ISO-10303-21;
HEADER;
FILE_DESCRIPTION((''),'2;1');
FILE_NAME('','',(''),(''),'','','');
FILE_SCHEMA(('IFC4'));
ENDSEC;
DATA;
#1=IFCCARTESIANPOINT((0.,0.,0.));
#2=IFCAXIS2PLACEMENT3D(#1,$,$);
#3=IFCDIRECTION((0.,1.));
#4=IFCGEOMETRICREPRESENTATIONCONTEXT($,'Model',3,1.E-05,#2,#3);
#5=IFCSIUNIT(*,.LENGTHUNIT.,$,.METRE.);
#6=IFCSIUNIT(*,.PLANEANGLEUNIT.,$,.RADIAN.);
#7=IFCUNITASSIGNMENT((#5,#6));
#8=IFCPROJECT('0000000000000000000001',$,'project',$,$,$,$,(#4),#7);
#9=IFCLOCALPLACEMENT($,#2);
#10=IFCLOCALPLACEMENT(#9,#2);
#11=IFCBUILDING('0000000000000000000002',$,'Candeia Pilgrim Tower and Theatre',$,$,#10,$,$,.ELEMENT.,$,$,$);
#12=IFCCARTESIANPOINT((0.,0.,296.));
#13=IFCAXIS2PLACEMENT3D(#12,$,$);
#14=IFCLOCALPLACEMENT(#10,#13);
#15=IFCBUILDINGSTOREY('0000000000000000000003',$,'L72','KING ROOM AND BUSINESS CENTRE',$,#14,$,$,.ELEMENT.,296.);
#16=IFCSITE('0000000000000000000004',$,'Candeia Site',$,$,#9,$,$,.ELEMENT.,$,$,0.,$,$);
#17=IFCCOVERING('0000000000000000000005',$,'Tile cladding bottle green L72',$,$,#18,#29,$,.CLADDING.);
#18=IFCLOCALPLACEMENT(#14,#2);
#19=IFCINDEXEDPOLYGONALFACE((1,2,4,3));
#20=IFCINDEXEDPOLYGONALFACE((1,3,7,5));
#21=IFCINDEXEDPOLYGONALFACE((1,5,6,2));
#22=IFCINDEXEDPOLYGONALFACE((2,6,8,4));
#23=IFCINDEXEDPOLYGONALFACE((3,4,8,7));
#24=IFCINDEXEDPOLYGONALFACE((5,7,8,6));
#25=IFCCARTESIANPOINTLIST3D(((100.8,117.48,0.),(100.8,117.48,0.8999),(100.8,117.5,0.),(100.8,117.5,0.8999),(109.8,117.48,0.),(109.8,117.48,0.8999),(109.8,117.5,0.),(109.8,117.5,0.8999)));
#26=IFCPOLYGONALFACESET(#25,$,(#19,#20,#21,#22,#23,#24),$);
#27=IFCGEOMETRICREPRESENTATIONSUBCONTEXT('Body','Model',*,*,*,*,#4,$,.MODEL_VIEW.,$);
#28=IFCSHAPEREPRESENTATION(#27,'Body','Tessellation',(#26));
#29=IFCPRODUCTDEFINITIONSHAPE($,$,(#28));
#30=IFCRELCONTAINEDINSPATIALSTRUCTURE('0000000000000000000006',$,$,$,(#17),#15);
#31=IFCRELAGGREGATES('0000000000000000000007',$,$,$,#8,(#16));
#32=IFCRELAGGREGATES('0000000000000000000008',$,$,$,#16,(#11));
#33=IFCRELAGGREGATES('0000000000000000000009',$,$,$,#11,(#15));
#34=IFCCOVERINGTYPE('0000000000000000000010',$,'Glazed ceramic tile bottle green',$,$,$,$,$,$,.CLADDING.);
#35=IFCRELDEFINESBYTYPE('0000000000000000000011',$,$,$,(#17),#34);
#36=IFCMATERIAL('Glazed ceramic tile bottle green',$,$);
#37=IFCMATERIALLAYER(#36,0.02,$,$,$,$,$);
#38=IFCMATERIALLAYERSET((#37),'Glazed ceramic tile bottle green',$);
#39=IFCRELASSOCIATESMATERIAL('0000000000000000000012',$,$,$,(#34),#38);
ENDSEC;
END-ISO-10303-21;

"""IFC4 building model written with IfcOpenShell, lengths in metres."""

from ifc_helpers import new_model, si_unit, direction, frame, origin, origin_2d, place, context, subcontext, project, spatial, rectangle, extrude, material, layer, layer_set, type_object, element, save


model = new_model("IFC4")

# Units and contexts
model_context = context("Model", 3, precision=1e-05, world=origin(), true_north=direction((0.0, 1.0)))
body_context = subcontext(model_context, "Body", "Model", "MODEL_VIEW")
ifc_project = project(units=[si_unit("LENGTHUNIT", "METRE"), si_unit("PLANEANGLEUNIT", "RADIAN")], contexts=[model_context])

# Site, building, storey
site_placement = place(None, origin())
site = spatial("IfcSite", under=ifc_project, at=site_placement, Name="Candeia Site", CompositionType="ELEMENT", RefElevation=0.0)
building_placement = place(site_placement, origin())
building = spatial("IfcBuilding", under=site, at=building_placement, Name="Candeia Pilgrim Tower and Theatre", CompositionType="ELEMENT")
storey_placement = place(building_placement, frame((0.0, 0.0, 296.0)))
storey = spatial("IfcBuildingStorey", under=building, at=storey_placement, Name="L72", Description="KING ROOM AND BUSINESS CENTRE", CompositionType="ELEMENT", Elevation=296.0)

# Covering
ifc_material_1 = material(Name="Glazed ceramic tile bottle green")
ifc_layer_1 = layer(ifc_material_1, 0.02)
ifc_layer_set_1 = layer_set([ifc_layer_1], Name="Glazed ceramic tile bottle green")
covering_type = type_object("IfcCoveringType", Name="Glazed ceramic tile bottle green", PredefinedType="CLADDING", material=ifc_layer_set_1)
covering_placement = place(storey_placement, frame((105.3, 117.49, 0.0), z_axis=(0.0, 0.0, 1.0), x_axis=(1.0, 0.0, 0.0)))
element("IfcCovering", 1, at=covering_placement, inside=storey, type_object=covering_type, Name="Tile cladding bottle green L72", PredefinedType="CLADDING", context=body_context, shape_type="SweptSolid", body=[
    extrude(rectangle(XDim=9.0, YDim=0.02, at=origin_2d()), origin(), (0.0, 0.0, 1.0), 0.8999),
])

save(model, "model.ifc")
